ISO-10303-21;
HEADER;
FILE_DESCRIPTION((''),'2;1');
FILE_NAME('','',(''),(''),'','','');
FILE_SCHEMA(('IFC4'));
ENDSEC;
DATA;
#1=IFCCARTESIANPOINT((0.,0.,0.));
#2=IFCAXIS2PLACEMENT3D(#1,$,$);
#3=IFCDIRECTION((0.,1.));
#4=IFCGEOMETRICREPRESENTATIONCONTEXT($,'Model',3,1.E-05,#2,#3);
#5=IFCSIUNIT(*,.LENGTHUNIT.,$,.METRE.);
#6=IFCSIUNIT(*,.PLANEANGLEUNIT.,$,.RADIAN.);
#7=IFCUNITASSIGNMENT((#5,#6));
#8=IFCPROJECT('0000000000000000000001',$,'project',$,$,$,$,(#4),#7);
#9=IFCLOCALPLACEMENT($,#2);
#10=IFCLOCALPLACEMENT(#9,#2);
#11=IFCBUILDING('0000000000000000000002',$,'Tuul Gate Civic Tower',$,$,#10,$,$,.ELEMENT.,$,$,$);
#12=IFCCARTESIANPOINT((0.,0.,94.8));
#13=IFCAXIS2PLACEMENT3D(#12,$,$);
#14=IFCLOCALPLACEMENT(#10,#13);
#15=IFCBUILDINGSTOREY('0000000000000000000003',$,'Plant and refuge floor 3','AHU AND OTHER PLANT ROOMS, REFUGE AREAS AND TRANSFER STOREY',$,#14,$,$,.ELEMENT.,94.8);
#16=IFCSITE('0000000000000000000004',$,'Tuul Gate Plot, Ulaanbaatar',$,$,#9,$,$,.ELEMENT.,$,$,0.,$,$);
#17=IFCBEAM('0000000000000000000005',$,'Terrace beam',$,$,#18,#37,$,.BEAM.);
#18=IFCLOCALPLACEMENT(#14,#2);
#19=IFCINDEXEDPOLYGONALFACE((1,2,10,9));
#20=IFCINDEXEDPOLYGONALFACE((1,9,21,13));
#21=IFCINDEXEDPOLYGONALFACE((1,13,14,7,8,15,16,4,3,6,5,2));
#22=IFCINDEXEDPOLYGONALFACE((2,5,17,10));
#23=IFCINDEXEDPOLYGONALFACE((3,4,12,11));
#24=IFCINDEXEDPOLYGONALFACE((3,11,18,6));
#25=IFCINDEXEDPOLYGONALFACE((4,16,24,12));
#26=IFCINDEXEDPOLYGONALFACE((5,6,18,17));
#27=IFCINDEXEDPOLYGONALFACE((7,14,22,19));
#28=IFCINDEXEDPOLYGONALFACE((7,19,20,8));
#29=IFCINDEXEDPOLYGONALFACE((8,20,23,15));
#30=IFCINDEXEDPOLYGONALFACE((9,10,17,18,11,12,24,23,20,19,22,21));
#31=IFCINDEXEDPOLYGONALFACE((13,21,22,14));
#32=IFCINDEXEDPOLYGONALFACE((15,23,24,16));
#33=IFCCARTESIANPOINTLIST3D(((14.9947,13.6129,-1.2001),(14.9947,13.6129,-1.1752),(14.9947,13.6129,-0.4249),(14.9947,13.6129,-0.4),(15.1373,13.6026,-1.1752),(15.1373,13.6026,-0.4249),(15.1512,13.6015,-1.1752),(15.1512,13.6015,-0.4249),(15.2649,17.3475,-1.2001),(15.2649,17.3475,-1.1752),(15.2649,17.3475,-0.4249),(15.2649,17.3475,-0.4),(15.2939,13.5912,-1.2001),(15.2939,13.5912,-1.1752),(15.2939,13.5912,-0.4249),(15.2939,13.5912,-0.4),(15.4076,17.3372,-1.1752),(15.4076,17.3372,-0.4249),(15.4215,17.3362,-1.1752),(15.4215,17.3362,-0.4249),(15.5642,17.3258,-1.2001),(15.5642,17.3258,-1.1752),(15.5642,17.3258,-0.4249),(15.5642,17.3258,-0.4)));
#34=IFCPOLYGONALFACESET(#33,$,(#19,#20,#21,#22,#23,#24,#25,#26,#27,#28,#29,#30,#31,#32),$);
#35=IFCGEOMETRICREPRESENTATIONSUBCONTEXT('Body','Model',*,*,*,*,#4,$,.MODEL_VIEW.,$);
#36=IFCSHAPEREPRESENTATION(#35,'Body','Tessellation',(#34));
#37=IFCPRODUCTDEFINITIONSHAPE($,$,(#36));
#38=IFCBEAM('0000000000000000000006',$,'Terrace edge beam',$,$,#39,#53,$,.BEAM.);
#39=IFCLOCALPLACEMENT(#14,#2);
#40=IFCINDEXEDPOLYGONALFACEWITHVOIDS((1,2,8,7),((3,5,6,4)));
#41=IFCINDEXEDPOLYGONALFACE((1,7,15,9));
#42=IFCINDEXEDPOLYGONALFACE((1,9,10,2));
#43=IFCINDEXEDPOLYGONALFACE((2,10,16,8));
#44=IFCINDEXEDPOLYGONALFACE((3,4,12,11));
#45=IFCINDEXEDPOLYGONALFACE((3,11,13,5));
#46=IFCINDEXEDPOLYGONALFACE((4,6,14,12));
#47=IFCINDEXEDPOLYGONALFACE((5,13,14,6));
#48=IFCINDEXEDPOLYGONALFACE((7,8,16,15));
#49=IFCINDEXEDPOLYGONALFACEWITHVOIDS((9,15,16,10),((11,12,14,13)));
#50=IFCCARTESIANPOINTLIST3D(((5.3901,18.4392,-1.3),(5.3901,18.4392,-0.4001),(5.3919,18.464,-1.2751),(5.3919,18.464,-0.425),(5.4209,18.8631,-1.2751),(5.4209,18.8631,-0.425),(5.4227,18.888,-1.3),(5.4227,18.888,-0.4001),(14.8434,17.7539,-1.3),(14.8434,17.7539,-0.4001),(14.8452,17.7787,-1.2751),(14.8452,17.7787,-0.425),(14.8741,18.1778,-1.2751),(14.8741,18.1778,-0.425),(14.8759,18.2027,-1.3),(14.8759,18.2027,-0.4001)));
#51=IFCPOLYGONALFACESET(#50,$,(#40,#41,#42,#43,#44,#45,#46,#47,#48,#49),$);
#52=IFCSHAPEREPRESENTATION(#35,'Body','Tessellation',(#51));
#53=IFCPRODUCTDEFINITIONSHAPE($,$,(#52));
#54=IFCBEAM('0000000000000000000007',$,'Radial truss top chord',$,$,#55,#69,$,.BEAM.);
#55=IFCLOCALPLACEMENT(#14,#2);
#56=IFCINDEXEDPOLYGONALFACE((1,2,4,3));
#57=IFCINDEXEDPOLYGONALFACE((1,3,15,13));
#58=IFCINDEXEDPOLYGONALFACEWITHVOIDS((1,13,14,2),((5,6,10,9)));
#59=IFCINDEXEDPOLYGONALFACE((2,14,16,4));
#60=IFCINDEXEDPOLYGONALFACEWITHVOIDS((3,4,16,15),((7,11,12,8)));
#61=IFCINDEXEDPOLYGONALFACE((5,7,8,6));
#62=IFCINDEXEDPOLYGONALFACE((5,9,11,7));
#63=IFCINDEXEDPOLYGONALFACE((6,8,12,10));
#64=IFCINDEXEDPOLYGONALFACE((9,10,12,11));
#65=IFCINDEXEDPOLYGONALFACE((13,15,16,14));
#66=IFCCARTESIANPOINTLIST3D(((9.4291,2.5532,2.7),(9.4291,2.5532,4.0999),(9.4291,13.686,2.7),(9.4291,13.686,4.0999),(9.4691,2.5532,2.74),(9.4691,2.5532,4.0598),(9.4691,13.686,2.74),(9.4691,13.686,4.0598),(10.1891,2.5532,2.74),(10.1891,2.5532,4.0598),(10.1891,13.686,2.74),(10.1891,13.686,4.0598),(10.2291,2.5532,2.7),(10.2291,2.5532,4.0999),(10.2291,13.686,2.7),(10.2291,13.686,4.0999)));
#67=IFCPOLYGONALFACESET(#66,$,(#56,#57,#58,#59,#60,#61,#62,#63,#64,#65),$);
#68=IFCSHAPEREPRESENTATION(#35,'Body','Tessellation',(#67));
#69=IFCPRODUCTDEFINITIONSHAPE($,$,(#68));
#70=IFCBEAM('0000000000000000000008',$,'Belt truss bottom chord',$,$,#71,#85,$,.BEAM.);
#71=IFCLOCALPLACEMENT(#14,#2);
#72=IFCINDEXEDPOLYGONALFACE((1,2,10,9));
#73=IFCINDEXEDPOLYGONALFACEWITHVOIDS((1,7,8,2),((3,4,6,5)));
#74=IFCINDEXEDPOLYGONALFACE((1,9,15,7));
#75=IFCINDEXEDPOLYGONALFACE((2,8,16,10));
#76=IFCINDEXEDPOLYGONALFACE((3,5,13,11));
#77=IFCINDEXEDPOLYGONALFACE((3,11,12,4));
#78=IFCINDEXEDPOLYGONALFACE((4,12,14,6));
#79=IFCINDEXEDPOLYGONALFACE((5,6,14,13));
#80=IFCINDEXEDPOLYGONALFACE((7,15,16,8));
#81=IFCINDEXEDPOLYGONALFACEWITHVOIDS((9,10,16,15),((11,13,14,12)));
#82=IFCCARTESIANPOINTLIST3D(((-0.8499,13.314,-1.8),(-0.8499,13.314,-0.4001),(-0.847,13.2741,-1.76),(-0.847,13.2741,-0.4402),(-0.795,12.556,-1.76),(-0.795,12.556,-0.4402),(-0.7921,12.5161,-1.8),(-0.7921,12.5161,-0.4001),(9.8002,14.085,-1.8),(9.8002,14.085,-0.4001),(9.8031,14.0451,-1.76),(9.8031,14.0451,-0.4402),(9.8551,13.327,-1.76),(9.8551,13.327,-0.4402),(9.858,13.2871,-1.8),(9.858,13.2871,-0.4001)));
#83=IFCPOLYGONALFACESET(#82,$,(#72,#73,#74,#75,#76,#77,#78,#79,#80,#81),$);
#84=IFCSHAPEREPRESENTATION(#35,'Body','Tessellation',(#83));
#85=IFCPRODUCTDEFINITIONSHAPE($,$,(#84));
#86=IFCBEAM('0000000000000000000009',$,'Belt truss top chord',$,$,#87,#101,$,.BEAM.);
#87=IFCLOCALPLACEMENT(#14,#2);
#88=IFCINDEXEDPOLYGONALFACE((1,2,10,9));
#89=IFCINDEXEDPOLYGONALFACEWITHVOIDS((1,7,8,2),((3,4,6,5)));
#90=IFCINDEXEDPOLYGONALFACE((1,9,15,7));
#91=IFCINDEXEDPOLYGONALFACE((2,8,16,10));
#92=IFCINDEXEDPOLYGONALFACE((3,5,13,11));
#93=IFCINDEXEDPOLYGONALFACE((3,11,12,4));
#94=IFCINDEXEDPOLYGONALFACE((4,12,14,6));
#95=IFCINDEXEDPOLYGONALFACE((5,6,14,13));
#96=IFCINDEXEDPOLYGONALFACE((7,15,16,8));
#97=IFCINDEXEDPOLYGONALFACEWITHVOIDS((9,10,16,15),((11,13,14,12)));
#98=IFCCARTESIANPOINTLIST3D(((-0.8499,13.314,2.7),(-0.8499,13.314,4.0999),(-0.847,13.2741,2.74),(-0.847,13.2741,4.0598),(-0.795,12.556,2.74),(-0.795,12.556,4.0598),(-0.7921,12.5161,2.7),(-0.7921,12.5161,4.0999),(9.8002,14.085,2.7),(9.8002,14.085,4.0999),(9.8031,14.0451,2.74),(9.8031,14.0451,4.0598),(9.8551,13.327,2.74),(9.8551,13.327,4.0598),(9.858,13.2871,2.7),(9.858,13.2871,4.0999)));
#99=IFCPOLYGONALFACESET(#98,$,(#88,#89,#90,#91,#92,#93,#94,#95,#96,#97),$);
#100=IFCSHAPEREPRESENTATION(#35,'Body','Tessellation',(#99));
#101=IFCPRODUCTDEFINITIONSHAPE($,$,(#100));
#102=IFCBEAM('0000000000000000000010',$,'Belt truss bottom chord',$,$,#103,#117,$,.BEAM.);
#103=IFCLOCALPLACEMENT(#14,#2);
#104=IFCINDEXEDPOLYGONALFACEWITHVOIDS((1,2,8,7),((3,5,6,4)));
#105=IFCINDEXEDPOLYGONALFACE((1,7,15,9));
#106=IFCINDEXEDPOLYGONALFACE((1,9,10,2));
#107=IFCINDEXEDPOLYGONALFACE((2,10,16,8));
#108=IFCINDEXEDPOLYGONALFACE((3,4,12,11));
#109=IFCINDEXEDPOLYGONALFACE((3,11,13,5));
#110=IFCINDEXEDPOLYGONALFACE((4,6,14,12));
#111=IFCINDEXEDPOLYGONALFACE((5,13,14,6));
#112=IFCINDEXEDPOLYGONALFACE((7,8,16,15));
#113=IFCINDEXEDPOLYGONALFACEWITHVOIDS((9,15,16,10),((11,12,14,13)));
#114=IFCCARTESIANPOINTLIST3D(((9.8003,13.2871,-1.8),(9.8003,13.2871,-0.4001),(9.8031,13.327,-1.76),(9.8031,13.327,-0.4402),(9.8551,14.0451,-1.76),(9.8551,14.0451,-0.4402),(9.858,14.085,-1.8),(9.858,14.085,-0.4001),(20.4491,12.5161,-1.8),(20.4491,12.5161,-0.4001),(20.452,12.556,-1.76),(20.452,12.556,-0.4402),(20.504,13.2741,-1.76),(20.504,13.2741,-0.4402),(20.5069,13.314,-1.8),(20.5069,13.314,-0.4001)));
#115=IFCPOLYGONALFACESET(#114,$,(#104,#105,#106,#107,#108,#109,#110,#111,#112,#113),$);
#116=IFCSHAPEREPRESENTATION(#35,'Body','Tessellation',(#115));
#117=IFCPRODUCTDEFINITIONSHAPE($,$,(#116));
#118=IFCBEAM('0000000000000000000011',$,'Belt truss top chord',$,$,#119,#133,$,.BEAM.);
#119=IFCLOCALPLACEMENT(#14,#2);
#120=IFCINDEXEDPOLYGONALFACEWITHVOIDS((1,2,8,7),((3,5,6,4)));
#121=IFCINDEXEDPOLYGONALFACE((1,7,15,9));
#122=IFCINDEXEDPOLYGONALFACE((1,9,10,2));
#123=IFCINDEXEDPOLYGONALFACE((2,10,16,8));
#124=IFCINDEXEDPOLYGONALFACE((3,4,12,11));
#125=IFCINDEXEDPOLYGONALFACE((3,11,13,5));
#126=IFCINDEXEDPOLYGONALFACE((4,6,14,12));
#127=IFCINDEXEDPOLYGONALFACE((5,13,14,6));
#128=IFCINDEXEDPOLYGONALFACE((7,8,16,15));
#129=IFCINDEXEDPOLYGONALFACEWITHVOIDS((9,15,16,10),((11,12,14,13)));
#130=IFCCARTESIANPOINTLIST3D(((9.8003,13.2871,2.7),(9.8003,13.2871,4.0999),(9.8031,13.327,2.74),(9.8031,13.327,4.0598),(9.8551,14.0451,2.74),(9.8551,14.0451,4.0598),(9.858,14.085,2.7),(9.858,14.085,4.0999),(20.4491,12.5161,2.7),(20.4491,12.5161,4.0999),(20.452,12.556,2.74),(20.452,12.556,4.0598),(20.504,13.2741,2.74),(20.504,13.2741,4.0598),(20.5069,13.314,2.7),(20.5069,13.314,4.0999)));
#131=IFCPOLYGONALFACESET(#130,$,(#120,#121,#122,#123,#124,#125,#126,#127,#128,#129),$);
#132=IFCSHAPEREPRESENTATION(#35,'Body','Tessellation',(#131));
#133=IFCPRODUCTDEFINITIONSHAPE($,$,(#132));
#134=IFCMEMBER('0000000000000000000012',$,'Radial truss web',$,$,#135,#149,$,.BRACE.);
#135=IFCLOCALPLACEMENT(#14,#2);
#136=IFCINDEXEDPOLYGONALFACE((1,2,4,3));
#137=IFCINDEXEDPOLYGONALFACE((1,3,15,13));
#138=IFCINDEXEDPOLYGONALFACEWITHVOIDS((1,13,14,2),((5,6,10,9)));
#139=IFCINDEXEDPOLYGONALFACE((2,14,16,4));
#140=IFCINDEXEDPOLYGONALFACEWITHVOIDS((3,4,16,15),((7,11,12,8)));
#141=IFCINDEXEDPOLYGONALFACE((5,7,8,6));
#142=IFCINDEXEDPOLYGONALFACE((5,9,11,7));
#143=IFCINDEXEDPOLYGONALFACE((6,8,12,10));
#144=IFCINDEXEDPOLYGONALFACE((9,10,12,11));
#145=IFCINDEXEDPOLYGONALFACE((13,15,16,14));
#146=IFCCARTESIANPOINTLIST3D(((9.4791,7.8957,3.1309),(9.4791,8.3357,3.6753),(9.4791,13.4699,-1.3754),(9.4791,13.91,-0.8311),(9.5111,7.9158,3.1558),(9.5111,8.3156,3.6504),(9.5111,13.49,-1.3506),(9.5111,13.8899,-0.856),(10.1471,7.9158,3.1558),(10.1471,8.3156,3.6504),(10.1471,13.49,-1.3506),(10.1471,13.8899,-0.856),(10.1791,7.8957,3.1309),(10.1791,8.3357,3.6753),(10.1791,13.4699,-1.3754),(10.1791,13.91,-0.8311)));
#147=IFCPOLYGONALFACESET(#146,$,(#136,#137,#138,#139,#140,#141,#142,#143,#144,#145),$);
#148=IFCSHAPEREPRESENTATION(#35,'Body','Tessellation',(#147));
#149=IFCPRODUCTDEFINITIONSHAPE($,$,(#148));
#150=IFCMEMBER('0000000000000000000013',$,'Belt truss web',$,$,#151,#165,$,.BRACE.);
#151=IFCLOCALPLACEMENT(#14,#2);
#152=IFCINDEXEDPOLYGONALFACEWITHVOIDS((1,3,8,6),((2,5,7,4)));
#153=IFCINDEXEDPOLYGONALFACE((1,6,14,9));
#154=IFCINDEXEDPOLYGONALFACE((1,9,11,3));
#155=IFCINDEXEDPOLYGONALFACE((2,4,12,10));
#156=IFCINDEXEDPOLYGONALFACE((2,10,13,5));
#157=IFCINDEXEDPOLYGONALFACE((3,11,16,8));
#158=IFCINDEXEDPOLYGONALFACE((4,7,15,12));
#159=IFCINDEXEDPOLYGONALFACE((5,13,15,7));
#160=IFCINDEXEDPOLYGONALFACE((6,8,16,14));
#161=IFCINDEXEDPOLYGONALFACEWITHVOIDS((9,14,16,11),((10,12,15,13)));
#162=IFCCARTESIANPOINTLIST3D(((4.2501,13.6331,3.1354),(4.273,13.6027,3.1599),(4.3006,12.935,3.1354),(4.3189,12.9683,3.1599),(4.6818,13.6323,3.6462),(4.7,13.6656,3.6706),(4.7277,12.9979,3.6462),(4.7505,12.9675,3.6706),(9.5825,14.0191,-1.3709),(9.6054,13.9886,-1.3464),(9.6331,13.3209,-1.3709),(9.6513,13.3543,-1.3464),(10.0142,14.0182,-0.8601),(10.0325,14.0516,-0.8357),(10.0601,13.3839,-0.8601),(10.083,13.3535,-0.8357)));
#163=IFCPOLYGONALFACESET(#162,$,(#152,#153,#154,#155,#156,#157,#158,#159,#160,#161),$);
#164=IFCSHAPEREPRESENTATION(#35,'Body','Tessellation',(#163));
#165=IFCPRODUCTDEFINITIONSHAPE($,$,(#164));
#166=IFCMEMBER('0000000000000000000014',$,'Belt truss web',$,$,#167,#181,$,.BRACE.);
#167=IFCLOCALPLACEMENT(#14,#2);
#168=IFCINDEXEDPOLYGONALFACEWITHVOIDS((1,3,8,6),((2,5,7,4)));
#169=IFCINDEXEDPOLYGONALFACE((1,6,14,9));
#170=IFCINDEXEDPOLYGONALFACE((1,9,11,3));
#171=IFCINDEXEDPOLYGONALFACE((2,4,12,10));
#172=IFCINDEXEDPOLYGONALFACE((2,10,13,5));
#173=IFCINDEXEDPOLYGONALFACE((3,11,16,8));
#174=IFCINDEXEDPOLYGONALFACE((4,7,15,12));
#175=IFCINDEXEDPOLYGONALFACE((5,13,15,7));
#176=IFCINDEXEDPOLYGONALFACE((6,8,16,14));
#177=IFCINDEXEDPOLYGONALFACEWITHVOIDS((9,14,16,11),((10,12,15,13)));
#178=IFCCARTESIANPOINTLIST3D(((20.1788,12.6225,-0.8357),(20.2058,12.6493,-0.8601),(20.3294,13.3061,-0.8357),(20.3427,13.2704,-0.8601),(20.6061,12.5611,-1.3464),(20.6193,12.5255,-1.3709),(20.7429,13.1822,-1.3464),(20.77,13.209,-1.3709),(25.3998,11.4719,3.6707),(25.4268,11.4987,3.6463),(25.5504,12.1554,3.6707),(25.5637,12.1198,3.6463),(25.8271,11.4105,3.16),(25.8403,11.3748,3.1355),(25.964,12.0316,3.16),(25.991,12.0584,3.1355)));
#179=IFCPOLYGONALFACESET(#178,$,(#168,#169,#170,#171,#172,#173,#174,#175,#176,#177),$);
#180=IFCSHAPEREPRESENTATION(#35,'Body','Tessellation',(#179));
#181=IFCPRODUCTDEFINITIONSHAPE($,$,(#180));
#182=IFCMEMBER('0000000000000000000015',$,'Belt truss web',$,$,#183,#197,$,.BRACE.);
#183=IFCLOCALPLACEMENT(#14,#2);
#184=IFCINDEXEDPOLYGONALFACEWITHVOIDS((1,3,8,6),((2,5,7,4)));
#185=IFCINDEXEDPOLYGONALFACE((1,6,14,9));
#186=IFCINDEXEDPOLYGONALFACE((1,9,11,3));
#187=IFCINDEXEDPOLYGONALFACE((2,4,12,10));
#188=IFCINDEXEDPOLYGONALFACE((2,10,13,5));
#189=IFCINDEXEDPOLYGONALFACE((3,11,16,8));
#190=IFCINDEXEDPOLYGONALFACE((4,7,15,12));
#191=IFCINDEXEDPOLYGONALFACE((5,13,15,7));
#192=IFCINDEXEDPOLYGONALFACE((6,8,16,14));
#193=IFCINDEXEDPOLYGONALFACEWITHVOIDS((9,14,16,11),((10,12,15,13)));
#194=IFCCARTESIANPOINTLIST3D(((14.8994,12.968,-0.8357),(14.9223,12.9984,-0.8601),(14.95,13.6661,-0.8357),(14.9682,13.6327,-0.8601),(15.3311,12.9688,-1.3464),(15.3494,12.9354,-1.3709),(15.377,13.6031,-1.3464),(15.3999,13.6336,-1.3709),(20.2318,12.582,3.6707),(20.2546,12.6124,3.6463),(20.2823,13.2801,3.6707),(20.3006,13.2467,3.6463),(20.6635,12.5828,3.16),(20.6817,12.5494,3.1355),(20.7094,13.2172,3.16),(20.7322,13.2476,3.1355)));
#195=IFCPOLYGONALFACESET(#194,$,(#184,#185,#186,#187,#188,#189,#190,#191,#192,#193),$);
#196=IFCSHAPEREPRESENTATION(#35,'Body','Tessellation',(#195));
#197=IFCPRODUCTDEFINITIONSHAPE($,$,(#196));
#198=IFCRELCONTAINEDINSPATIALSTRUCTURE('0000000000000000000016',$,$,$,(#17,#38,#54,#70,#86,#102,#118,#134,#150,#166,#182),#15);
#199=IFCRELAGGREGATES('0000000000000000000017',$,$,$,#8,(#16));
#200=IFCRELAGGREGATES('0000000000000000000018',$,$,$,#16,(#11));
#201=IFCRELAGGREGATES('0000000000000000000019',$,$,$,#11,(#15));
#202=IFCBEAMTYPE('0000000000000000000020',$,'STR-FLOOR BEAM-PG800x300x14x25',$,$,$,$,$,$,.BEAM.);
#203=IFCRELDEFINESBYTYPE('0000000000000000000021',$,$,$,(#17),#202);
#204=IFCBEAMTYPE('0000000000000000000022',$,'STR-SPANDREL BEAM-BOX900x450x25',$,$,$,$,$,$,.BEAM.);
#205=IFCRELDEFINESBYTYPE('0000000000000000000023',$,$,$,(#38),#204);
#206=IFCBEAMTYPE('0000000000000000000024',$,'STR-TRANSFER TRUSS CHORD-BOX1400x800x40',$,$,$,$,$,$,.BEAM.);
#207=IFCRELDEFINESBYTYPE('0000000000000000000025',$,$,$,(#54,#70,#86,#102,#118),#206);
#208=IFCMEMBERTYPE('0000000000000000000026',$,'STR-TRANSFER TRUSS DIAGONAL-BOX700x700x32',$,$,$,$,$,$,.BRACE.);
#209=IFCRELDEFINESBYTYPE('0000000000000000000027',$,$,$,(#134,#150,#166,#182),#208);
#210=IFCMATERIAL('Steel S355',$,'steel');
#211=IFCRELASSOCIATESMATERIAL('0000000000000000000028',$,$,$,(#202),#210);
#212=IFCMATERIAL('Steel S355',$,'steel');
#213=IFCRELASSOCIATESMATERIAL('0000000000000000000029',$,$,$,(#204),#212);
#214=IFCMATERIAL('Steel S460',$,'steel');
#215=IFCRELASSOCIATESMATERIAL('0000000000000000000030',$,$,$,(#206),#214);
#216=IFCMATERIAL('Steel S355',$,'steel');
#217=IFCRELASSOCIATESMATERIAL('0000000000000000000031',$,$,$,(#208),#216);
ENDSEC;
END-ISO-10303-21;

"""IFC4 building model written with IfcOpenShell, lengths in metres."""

from ifc_helpers import new_model, si_unit, direction, frame, origin, origin_2d, place, context, subcontext, project, spatial, hollow_rectangle, i_section, extrude, material, material_profile, profile_set, type_object, element, save


model = new_model("IFC4")

# Units and contexts
model_context = context("Model", 3, precision=1e-05, world=origin(), true_north=direction((0.0, 1.0)))
body_context = subcontext(model_context, "Body", "Model", "MODEL_VIEW")
ifc_project = project(units=[si_unit("LENGTHUNIT", "METRE"), si_unit("PLANEANGLEUNIT", "RADIAN")], contexts=[model_context])

# Site, building, storey
site_placement = place(None, origin())
site = spatial("IfcSite", under=ifc_project, at=site_placement, Name="Tuul Gate Plot, Ulaanbaatar", CompositionType="ELEMENT", RefElevation=0.0)
building_placement = place(site_placement, origin())
building = spatial("IfcBuilding", under=site, at=building_placement, Name="Tuul Gate Civic Tower", CompositionType="ELEMENT")
storey_placement = place(building_placement, frame((0.0, 0.0, 94.8)))
storey = spatial("IfcBuildingStorey", under=building, at=storey_placement, Name="Plant and refuge floor 3", Description="AHU AND OTHER PLANT ROOMS, REFUGE AREAS AND TRANSFER STOREY", CompositionType="ELEMENT", Elevation=94.8)

# Beams
ifc_material_1 = material(Name="Steel S355", Category="steel")
ifc_material_profile_1 = material_profile(ifc_material_1, i_section(OverallWidth=0.3, OverallDepth=0.8, WebThickness=0.0139, FlangeThickness=0.0249, at=origin_2d()), Name="PG800x300x14x25")
ifc_profile_set_1 = profile_set([ifc_material_profile_1], Name="Steel S355")
beam_type_1 = type_object("IfcBeamType", Name="STR-FLOOR BEAM-PG800x300x14x25", PredefinedType="BEAM", material=ifc_profile_set_1)
beam_1_placement = place(storey_placement, frame((15.4146, 17.3367, -0.8), z_axis=(-0.072178, -0.997392, 0.0), x_axis=(0.997392, -0.072178, 0.0)))
element("IfcBeam", 1, at=beam_1_placement, inside=storey, type_object=beam_type_1, Name="Terrace beam", PredefinedType="BEAM", context=body_context, shape_type="SweptSolid", body=[
    extrude(i_section(OverallWidth=0.3, OverallDepth=0.8, WebThickness=0.0139, FlangeThickness=0.0249, at=origin_2d()), origin(), (0.0, 0.0, 1.0), 3.7444),
])
ifc_material_2 = material(Name="Steel S355", Category="steel")
ifc_material_profile_2 = material_profile(ifc_material_2, hollow_rectangle(XDim=0.45, YDim=0.8999, WallThickness=0.0249, at=origin_2d()), Name="BOX900x450x25")
ifc_profile_set_2 = profile_set([ifc_material_profile_2], Name="Steel S355")
beam_type_2 = type_object("IfcBeamType", Name="STR-SPANDREL BEAM-BOX900x450x25", PredefinedType="BEAM", material=ifc_profile_set_2)
beam_2_placement = place(storey_placement, frame((14.8596, 17.9783, -0.8501), z_axis=(-0.997383, 0.072305, 0.0), x_axis=(-0.072305, -0.997383, 0.0)))
element("IfcBeam", 2, at=beam_2_placement, inside=storey, type_object=beam_type_2, Name="Terrace edge beam", PredefinedType="BEAM", context=body_context, shape_type="SweptSolid", body=[
    extrude(hollow_rectangle(XDim=0.45, YDim=0.8999, WallThickness=0.0249, at=origin_2d()), origin(), (0.0, 0.0, 1.0), 9.478),
])
ifc_material_3 = material(Name="Steel S460", Category="steel")
ifc_material_profile_3 = material_profile(ifc_material_3, hollow_rectangle(XDim=0.8, YDim=1.3999, WallThickness=0.04, at=origin_2d()), Name="BOX1400x800x40")
ifc_profile_set_3 = profile_set([ifc_material_profile_3], Name="Steel S460")
beam_type_3 = type_object("IfcBeamType", Name="STR-TRANSFER TRUSS CHORD-BOX1400x800x40", PredefinedType="BEAM", material=ifc_profile_set_3)
beam_3_placement = place(storey_placement, frame((9.8291, 13.686, 3.3999), z_axis=(0.0, -1.0, 0.0), x_axis=(1.0, 0.0, 0.0)))
element("IfcBeam", 3, at=beam_3_placement, inside=storey, type_object=beam_type_3, Name="Radial truss top chord", PredefinedType="BEAM", context=body_context, shape_type="SweptSolid", body=[
    extrude(hollow_rectangle(XDim=0.8, YDim=1.3999, WallThickness=0.04, at=origin_2d()), origin(), (0.0, 0.0, 1.0), 11.1328),
])
for number, where, z_axis, x_axis, name in (
    (4, (9.8291, 13.686, -1.1001), (-0.99739, -0.072204, 0.0), (0.072204, -0.99739, 0.0), "Belt truss bottom chord"),
    (5, (9.8291, 13.686, 3.3999), (-0.99739, -0.072204, 0.0), (0.072204, -0.99739, 0.0), "Belt truss top chord"),
):
    element("IfcBeam", number, at=place(storey_placement, frame(where, z_axis=z_axis, x_axis=x_axis)), inside=storey, type_object=beam_type_3, Name=name, PredefinedType="BEAM", context=body_context, shape_type="SweptSolid", body=[
        extrude(hollow_rectangle(XDim=0.8, YDim=1.3999, WallThickness=0.04, at=origin_2d()), origin(), (0.0, 0.0, 1.0), 10.678),
    ])
for number, where, z_axis, x_axis, name in (
    (6, (20.478, 12.915, -1.1001), (-0.997389, 0.072212, 0.0), (-0.072212, -0.997389, 0.0), "Belt truss bottom chord"),
    (7, (20.478, 12.915, 3.3999), (-0.997389, 0.072212, 0.0), (-0.072212, -0.997389, 0.0), "Belt truss top chord"),
):
    element("IfcBeam", number, at=place(storey_placement, frame(where, z_axis=z_axis, x_axis=x_axis)), inside=storey, type_object=beam_type_3, Name=name, PredefinedType="BEAM", context=body_context, shape_type="SweptSolid", body=[
        extrude(hollow_rectangle(XDim=0.8, YDim=1.3999, WallThickness=0.04, at=origin_2d()), origin(), (0.0, 0.0, 1.0), 10.6768),
    ])

# Members
ifc_material_4 = material(Name="Steel S355", Category="steel")
ifc_material_profile_4 = material_profile(ifc_material_4, hollow_rectangle(XDim=0.7, YDim=0.7, WallThickness=0.032, at=origin_2d()), Name="BOX700x700x32")
ifc_profile_set_4 = profile_set([ifc_material_profile_4], Name="Steel S355")
member_type_1 = type_object("IfcMemberType", Name="STR-TRANSFER TRUSS DIAGONAL-BOX700x700x32", PredefinedType="BRACE", material=ifc_profile_set_4)
member_1_placement = place(storey_placement, frame((9.8291, 13.6899, -1.1033), z_axis=(0.0, -0.777662, 0.628683), x_axis=(1.0, 0.0, 0.0)))
element("IfcMember", 8, at=member_1_placement, inside=storey, type_object=member_type_1, Name="Radial truss web", PredefinedType="BRACE", context=body_context, shape_type="SweptSolid", body=[
    extrude(hollow_rectangle(XDim=0.7, YDim=0.7, WallThickness=0.032, at=origin_2d()), origin(), (0.0, 0.0, 1.0), 7.168),
])
for number, where, z_axis, x_axis, name in (
    (9, (9.8328, 13.6863, -1.1033), (-0.76263, -0.055202, 0.644475), (0.072195, -0.997391, 0.0), "Belt truss web"),
    (10, (20.4744, 12.9158, -1.1033), (0.746693, -0.164562, 0.644492), (0.215223, 0.976565, 0.0), "Belt truss web"),
    (11, (15.1497, 13.3008, -1.1033), (0.762615, -0.055203, 0.644492), (0.072198, 0.99739, 0.0), "Belt truss web"),
):
    element("IfcMember", number, at=place(storey_placement, frame(where, z_axis=z_axis, x_axis=x_axis)), inside=storey, type_object=member_type_1, Name=name, PredefinedType="BRACE", context=body_context, shape_type="SweptSolid", body=[
        extrude(hollow_rectangle(XDim=0.7, YDim=0.7, WallThickness=0.032, at=origin_2d()), origin(), (0.0, 0.0, 1.0), 6.9922),
    ])

save(model, "model.ifc")
